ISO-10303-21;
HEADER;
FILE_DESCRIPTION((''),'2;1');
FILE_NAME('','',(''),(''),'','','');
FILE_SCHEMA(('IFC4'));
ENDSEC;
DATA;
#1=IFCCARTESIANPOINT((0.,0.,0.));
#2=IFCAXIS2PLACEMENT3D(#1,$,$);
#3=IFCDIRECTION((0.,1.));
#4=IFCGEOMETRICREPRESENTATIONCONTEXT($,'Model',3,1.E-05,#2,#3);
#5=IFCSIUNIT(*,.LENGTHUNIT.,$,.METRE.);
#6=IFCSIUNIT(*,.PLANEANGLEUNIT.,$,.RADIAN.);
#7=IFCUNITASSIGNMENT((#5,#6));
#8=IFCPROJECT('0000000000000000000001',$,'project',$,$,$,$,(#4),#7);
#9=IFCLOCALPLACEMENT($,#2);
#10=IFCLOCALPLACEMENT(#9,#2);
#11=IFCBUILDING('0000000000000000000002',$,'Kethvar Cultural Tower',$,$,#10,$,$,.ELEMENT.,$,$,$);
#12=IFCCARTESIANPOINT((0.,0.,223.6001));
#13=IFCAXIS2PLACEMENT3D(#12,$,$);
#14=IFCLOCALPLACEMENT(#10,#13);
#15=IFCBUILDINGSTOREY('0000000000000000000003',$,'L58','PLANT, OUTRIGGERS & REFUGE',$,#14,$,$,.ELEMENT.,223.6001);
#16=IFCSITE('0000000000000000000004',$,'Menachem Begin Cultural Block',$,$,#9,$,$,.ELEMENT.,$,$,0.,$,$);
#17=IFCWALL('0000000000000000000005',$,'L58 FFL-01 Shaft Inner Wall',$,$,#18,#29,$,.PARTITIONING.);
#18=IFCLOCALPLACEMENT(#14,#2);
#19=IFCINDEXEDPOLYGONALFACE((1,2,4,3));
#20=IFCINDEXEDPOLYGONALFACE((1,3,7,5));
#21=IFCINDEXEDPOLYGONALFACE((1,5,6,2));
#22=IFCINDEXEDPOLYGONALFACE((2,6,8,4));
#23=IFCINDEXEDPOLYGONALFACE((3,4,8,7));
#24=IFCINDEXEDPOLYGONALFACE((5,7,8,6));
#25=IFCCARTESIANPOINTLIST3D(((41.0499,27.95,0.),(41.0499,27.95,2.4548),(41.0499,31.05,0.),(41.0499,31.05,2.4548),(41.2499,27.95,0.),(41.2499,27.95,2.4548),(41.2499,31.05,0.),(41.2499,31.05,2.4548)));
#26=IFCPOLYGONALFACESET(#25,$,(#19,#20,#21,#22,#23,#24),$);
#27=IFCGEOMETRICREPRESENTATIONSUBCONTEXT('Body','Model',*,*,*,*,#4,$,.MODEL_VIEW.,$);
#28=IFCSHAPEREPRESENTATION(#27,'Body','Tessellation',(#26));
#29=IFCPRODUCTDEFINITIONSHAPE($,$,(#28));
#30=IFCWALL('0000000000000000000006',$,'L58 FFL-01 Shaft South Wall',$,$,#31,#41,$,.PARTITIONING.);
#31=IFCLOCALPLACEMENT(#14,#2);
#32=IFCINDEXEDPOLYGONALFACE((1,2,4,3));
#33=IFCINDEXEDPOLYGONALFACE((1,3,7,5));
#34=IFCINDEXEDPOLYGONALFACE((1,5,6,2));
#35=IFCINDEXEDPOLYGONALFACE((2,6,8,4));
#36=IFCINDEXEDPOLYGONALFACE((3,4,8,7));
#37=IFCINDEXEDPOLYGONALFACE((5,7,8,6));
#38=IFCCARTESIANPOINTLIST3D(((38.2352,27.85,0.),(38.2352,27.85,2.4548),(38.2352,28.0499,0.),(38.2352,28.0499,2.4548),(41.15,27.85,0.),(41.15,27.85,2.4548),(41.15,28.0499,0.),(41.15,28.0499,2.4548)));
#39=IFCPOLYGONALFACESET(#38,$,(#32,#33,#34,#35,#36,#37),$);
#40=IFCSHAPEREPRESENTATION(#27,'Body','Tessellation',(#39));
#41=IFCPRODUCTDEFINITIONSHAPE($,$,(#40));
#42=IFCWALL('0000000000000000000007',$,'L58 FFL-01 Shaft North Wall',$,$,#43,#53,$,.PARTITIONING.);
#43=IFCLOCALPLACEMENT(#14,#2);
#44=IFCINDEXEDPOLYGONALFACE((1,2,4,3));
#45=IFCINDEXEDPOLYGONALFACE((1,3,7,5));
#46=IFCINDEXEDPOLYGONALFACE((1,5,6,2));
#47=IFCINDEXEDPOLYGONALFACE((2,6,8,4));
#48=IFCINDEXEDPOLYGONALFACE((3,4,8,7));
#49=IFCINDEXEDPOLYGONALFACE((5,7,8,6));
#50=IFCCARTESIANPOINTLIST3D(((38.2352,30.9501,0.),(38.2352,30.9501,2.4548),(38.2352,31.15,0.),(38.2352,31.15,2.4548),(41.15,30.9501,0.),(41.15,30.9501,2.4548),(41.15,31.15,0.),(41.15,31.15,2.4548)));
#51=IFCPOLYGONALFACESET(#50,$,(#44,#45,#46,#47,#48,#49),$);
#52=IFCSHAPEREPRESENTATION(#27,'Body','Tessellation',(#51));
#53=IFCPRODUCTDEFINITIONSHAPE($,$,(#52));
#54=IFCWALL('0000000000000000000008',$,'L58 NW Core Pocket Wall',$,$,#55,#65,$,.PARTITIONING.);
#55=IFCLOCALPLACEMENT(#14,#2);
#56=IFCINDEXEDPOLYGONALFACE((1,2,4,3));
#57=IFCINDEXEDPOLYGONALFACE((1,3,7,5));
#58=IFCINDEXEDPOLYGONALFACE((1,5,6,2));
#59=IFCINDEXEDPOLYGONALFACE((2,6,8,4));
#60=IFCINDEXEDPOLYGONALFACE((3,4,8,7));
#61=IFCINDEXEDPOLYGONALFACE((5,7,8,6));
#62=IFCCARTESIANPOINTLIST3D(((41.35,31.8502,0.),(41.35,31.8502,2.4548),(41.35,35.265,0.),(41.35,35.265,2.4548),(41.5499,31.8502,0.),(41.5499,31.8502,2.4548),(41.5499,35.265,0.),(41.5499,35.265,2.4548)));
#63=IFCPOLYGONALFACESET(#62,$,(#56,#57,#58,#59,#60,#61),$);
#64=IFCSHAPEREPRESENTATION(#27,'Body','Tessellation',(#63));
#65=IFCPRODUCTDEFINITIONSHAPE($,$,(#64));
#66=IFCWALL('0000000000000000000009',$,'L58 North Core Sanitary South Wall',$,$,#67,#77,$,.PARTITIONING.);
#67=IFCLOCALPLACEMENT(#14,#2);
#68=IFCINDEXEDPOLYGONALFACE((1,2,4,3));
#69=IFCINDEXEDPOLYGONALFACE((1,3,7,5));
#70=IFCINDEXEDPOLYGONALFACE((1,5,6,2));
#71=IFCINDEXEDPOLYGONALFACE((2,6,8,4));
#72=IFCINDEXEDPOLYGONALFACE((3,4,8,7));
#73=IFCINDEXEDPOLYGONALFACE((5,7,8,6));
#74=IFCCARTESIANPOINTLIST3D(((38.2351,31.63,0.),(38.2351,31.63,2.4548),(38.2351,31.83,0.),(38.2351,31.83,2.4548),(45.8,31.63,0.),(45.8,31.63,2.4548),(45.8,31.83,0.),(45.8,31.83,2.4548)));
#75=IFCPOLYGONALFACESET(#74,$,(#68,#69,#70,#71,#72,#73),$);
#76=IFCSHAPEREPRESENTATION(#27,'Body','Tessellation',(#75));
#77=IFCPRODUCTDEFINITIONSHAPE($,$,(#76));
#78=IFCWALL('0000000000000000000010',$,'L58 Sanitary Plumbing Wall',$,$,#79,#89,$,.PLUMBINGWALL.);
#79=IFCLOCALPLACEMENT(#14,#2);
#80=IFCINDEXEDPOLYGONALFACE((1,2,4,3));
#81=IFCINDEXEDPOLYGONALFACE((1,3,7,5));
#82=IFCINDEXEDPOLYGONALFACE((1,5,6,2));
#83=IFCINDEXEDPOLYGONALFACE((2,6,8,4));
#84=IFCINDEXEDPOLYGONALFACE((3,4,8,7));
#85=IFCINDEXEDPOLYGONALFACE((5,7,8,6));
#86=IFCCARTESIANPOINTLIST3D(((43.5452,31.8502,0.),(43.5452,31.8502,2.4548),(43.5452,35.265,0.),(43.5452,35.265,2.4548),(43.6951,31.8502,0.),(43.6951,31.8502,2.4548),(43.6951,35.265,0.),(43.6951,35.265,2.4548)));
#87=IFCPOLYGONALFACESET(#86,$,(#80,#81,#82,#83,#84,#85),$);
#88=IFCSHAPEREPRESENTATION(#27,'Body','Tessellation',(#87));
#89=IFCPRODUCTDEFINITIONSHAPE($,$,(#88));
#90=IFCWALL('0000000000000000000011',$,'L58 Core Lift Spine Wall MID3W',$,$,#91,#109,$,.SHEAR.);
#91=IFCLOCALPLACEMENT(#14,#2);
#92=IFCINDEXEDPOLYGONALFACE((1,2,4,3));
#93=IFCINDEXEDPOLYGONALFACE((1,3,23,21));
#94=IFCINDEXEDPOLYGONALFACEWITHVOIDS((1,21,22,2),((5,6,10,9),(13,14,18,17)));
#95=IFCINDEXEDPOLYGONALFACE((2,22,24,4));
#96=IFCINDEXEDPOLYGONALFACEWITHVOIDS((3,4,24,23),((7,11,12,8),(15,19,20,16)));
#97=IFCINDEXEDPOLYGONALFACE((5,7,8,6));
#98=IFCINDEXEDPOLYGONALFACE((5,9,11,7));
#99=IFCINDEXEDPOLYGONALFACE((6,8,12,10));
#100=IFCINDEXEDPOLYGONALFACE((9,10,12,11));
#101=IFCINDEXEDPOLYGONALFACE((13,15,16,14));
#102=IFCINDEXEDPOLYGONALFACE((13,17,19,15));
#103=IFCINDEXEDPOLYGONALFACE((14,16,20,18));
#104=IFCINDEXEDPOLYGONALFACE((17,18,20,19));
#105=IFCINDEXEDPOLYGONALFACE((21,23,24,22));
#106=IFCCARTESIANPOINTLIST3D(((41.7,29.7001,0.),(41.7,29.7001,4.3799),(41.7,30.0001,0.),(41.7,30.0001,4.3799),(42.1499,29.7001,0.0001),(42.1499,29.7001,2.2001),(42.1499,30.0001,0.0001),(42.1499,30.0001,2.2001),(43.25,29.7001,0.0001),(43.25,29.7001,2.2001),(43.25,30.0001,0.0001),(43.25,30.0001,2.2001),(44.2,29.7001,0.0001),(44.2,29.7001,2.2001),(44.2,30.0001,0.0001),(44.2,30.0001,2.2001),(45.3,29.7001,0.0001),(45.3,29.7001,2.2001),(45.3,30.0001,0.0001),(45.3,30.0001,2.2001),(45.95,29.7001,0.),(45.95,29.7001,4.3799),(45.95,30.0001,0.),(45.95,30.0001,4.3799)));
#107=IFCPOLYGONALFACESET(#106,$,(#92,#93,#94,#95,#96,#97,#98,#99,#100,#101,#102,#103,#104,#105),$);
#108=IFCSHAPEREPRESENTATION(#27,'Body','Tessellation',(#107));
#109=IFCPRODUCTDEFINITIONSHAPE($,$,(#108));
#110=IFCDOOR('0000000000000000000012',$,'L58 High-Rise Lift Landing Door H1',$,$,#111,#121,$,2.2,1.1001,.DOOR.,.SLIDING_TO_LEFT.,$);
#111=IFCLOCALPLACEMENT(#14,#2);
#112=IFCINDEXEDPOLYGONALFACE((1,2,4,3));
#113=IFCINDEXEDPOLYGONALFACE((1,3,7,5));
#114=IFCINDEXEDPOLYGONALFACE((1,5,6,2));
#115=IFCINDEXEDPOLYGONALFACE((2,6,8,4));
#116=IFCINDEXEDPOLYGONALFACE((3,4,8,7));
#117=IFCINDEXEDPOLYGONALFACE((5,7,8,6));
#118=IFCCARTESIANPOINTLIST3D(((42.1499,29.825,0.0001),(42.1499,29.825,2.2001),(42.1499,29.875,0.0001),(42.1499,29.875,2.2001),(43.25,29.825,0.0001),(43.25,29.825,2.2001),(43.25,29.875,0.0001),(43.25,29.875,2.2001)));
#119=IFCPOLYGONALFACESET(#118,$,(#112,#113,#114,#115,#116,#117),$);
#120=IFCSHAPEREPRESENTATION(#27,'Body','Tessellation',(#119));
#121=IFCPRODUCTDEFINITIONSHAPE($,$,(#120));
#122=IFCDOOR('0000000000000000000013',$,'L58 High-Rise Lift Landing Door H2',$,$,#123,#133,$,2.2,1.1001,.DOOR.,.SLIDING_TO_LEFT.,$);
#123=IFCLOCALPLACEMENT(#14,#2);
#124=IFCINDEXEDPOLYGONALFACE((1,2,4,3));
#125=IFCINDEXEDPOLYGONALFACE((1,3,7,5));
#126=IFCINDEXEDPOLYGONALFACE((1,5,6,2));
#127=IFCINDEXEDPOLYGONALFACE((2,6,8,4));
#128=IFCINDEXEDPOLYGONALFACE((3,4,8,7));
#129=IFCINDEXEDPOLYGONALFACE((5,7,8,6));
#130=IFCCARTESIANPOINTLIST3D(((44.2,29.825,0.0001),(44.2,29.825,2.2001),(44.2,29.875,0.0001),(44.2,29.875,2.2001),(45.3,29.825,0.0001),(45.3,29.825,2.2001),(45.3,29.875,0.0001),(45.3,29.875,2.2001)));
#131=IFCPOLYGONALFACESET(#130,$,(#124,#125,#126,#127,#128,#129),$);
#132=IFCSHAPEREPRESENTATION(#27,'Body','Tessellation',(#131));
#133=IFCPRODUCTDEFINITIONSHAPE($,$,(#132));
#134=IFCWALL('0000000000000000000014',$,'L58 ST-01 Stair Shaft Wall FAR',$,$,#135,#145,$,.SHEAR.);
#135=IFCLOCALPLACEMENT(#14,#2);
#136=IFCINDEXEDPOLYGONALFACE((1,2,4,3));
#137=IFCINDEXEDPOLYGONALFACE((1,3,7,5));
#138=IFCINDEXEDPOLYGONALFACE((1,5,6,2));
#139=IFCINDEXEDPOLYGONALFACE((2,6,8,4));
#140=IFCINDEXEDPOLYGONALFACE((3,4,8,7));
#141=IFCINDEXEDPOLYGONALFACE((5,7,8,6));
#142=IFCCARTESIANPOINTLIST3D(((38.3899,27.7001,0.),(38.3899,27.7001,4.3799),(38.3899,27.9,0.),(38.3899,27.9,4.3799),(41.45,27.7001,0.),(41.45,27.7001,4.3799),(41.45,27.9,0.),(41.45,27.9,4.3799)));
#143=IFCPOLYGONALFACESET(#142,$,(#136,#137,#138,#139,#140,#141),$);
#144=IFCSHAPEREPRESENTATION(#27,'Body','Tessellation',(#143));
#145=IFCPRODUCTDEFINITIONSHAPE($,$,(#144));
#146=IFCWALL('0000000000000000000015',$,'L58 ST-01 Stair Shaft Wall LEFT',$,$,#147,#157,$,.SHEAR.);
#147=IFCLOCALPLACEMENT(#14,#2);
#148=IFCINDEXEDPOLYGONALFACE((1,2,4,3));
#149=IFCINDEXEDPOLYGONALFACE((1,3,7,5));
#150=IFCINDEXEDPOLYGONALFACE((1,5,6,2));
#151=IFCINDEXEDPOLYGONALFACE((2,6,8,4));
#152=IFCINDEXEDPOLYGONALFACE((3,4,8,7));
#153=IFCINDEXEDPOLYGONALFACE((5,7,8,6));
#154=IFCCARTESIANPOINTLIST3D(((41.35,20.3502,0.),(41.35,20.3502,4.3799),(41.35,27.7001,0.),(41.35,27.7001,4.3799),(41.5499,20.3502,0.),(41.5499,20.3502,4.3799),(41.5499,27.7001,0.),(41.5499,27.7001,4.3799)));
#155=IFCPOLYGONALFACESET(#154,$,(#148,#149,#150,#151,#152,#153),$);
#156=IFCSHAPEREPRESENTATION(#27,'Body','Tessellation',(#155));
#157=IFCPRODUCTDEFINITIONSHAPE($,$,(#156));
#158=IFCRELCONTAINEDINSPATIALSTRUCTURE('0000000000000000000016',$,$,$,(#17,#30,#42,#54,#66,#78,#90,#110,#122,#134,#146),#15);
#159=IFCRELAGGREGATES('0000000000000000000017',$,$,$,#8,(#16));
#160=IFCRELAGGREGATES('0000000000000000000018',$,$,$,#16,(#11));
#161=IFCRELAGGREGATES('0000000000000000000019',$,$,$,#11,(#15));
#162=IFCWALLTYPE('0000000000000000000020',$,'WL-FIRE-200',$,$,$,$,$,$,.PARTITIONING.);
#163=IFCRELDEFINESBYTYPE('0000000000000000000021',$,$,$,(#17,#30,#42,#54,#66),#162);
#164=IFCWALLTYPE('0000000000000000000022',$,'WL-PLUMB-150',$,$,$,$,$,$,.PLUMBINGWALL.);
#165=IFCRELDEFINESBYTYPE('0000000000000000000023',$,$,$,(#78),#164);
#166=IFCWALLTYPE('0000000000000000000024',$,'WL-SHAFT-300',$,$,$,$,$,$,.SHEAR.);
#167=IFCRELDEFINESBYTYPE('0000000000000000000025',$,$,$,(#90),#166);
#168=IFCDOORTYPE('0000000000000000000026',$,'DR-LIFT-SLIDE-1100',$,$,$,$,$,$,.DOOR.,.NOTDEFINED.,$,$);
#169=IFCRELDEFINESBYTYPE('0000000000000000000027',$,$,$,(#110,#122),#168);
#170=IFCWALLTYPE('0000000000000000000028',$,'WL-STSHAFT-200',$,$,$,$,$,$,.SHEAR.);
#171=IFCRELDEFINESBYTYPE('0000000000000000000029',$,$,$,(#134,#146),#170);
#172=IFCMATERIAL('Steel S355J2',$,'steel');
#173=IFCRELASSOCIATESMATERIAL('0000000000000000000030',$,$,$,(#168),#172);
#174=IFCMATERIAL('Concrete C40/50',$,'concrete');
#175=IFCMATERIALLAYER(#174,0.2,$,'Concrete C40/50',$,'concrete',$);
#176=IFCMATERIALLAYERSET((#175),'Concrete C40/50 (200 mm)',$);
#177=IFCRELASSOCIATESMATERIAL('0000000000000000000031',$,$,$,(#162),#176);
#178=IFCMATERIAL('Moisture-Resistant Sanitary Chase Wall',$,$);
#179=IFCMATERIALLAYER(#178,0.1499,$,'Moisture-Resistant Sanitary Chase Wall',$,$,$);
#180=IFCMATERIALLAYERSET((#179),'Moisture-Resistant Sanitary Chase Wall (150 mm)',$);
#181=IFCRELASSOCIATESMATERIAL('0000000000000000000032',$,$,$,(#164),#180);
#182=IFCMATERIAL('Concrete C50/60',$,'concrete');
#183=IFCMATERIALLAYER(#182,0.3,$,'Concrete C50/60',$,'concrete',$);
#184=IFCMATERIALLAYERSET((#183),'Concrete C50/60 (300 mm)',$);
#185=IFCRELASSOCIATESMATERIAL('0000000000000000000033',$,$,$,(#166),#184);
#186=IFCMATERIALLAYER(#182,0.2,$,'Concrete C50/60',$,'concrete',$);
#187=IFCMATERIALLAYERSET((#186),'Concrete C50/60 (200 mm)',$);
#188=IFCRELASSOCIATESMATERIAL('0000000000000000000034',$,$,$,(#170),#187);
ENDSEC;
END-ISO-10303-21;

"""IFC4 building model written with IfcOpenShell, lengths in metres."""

from ifc_helpers import new_model, si_unit, direction, frame, frame_2d, origin, place, context, subcontext, project, spatial, rectangle, extrude, source, transform, mapped, material, layer, layer_set, type_object, element, fill, save


model = new_model("IFC4")

# Units and contexts
model_context = context("Model", 3, precision=1e-05, world=origin(), true_north=direction((0.0, 1.0)))
body_context = subcontext(model_context, "Body", "Model", "MODEL_VIEW")
ifc_project = project(units=[si_unit("LENGTHUNIT", "METRE"), si_unit("PLANEANGLEUNIT", "RADIAN")], contexts=[model_context])

# Site, building, storey
site_placement = place(None, origin())
site = spatial("IfcSite", under=ifc_project, at=site_placement, Name="Menachem Begin Cultural Block", CompositionType="ELEMENT", RefElevation=0.0)
building_placement = place(site_placement, origin())
building = spatial("IfcBuilding", under=site, at=building_placement, Name="Kethvar Cultural Tower", CompositionType="ELEMENT")
storey_placement = place(building_placement, frame((0.0, 0.0, 223.6001)))
storey = spatial("IfcBuildingStorey", under=building, at=storey_placement, Name="L58", Description="PLANT, OUTRIGGERS & REFUGE", CompositionType="ELEMENT", Elevation=223.6001)

# Shared definitions
ifc_material_1 = material(Name="Steel S355J2", Category="steel")

# Shared definitions
ifc_material_2 = material(Name="Concrete C50/60", Category="concrete")
door_type = type_object("IfcDoorType", Name="DR-LIFT-SLIDE-1100", OperationType="NOTDEFINED", PredefinedType="DOOR", material=ifc_material_1)
shared_shape_1 = source(origin(), body_context, "Body", "SweptSolid", [
    extrude(rectangle(XDim=1.1001, YDim=2.2, at=frame_2d((0.55, 1.1001))), frame((0.0, 0.0249, 0.0), z_axis=(0.0, -1.0, 0.0), x_axis=(1.0, 0.0, 0.0)), (0.0, 0.0, 1.0), 0.05),
])

# Walls
ifc_material_3 = material(Name="Concrete C40/50", Category="concrete")
ifc_layer_1 = layer(ifc_material_3, 0.2, Name="Concrete C40/50", Category="concrete")
ifc_layer_set_1 = layer_set([ifc_layer_1], Name="Concrete C40/50 (200 mm)")
wall_type_1 = type_object("IfcWallType", Name="WL-FIRE-200", PredefinedType="PARTITIONING", material=ifc_layer_set_1)
wall_1_placement = place(storey_placement, frame((41.1499, 27.95, 0.0), z_axis=(0.0, 0.0, 1.0), x_axis=(0.0, 1.0, 0.0)))
element("IfcWall", 1, at=wall_1_placement, inside=storey, type_object=wall_type_1, Name="L58 FFL-01 Shaft Inner Wall", PredefinedType="PARTITIONING", context=body_context, shape_type="SweptSolid", body=[
    extrude(rectangle(XDim=3.1001, YDim=0.2, at=frame_2d((1.55, 0.0))), origin(), (0.0, 0.0, 1.0), 2.4548),
])
for number, where, z_axis, x_axis, name in (
    (2, (38.2351, 27.95, 0.0), (0.0, 0.0, 1.0), (1.0, 0.0, 0.0), "L58 FFL-01 Shaft South Wall"),
    (3, (38.2351, 31.05, 0.0), (0.0, 0.0, 1.0), (1.0, 0.0, 0.0), "L58 FFL-01 Shaft North Wall"),
):
    element("IfcWall", number, at=place(storey_placement, frame(where, z_axis=z_axis, x_axis=x_axis)), inside=storey, type_object=wall_type_1, Name=name, PredefinedType="PARTITIONING", context=body_context, shape_type="SweptSolid", body=[
        extrude(rectangle(XDim=2.9148, YDim=0.2, at=frame_2d((1.4575, 0.0))), origin(), (0.0, 0.0, 1.0), 2.4548),
    ])
wall_2_placement = place(storey_placement, frame((41.45, 31.8501, 0.0), z_axis=(0.0, 0.0, 1.0), x_axis=(0.0, 1.0, 0.0)))
element("IfcWall", 4, at=wall_2_placement, inside=storey, type_object=wall_type_1, Name="L58 NW Core Pocket Wall", PredefinedType="PARTITIONING", context=body_context, shape_type="SweptSolid", body=[
    extrude(rectangle(XDim=3.4148, YDim=0.2, at=frame_2d((1.7075, 0.0))), origin(), (0.0, 0.0, 1.0), 2.4548),
])
wall_3_placement = place(storey_placement, frame((38.2351, 31.73, 0.0), z_axis=(0.0, 0.0, 1.0), x_axis=(1.0, 0.0, 0.0)))
element("IfcWall", 5, at=wall_3_placement, inside=storey, type_object=wall_type_1, Name="L58 North Core Sanitary South Wall", PredefinedType="PARTITIONING", context=body_context, shape_type="SweptSolid", body=[
    extrude(rectangle(XDim=7.5649, YDim=0.2, at=frame_2d((3.7825, 0.0))), origin(), (0.0, 0.0, 1.0), 2.4548),
])
ifc_material_4 = material(Name="Moisture-Resistant Sanitary Chase Wall")
ifc_layer_2 = layer(ifc_material_4, 0.1499, Name="Moisture-Resistant Sanitary Chase Wall")
ifc_layer_set_2 = layer_set([ifc_layer_2], Name="Moisture-Resistant Sanitary Chase Wall (150 mm)")
wall_type_2 = type_object("IfcWallType", Name="WL-PLUMB-150", PredefinedType="PLUMBINGWALL", material=ifc_layer_set_2)
wall_4_placement = place(storey_placement, frame((43.6201, 31.8501, 0.0), z_axis=(0.0, 0.0, 1.0), x_axis=(0.0, 1.0, 0.0)))
element("IfcWall", 6, at=wall_4_placement, inside=storey, type_object=wall_type_2, Name="L58 Sanitary Plumbing Wall", PredefinedType="PLUMBINGWALL", context=body_context, shape_type="SweptSolid", body=[
    extrude(rectangle(XDim=3.4148, YDim=0.1499, at=frame_2d((1.7075, 0.0))), origin(), (0.0, 0.0, 1.0), 2.4548),
])

# Wall, openings, doors
ifc_layer_3 = layer(ifc_material_2, 0.3, Name="Concrete C50/60", Category="concrete")
ifc_layer_set_3 = layer_set([ifc_layer_3], Name="Concrete C50/60 (300 mm)")
wall_type_3 = type_object("IfcWallType", Name="WL-SHAFT-300", PredefinedType="SHEAR", material=ifc_layer_set_3)
wall_5_placement = place(storey_placement, frame((41.7, 29.8501, 0.0), z_axis=(0.0, 0.0, 1.0), x_axis=(1.0, 0.0, 0.0)))
wall_5 = element("IfcWall", 7, at=wall_5_placement, inside=storey, type_object=wall_type_3, Name="L58 Core Lift Spine Wall MID3W", PredefinedType="SHEAR", context=body_context, shape_type="SweptSolid", body=[
    extrude(rectangle(XDim=4.25, YDim=0.3, at=frame_2d((2.125, 0.0))), origin(), (0.0, 0.0, 1.0), 4.3799),
])
opening_1_placement = place(wall_5_placement, frame((0.45, 0.0, 0.0)))
opening_1 = element("IfcOpeningElement", 8, at=opening_1_placement, cuts=wall_5, PredefinedType="OPENING", context=body_context, shape_type="SweptSolid", body=[
    extrude(rectangle(XDim=1.1001, YDim=2.2, at=frame_2d((0.55, 1.1001))), frame((0.0, 0.1599, 0.0), z_axis=(0.0, -1.0, 0.0), x_axis=(1.0, 0.0, 0.0)), (0.0, 0.0, 1.0), 0.3201),
])
opening_2_placement = place(wall_5_placement, frame((2.5, 0.0, 0.0)))
opening_2 = element("IfcOpeningElement", 9, at=opening_2_placement, cuts=wall_5, PredefinedType="OPENING", context=body_context, shape_type="SweptSolid", body=[
    extrude(rectangle(XDim=1.1001, YDim=2.2, at=frame_2d((0.55, 1.1001))), frame((0.0, 0.1599, 0.0), z_axis=(0.0, -1.0, 0.0), x_axis=(1.0, 0.0, 0.0)), (0.0, 0.0, 1.0), 0.3201),
])
door_1_placement = place(opening_1_placement, origin())
door_1 = element("IfcDoor", 10, at=door_1_placement, inside=storey, type_object=door_type, Name="L58 High-Rise Lift Landing Door H1", OperationType="SLIDING_TO_LEFT", OverallHeight=2.2, OverallWidth=1.1001, PredefinedType="DOOR", context=body_context, shape_type="MappedRepresentation", body=[
    mapped(shared_shape_1, transform((0.0, 0.0, 0.0), scale=1.0)),
])
fill(opening_1, door_1)
door_2_placement = place(opening_2_placement, origin())
door_2 = element("IfcDoor", 11, at=door_2_placement, inside=storey, type_object=door_type, Name="L58 High-Rise Lift Landing Door H2", OperationType="SLIDING_TO_LEFT", OverallHeight=2.2, OverallWidth=1.1001, PredefinedType="DOOR", context=body_context, shape_type="MappedRepresentation", body=[
    mapped(shared_shape_1, transform((0.0, 0.0, 0.0), scale=1.0)),
])
fill(opening_2, door_2)

# Walls
ifc_layer_4 = layer(ifc_material_2, 0.2, Name="Concrete C50/60", Category="concrete")
ifc_layer_set_4 = layer_set([ifc_layer_4], Name="Concrete C50/60 (200 mm)")
wall_type_4 = type_object("IfcWallType", Name="WL-STSHAFT-200", PredefinedType="SHEAR", material=ifc_layer_set_4)
wall_6_placement = place(storey_placement, frame((38.3899, 27.8, 0.0), z_axis=(0.0, 0.0, 1.0), x_axis=(1.0, 0.0, 0.0)))
element("IfcWall", 12, at=wall_6_placement, inside=storey, type_object=wall_type_4, Name="L58 ST-01 Stair Shaft Wall FAR", PredefinedType="SHEAR", context=body_context, shape_type="SweptSolid", body=[
    extrude(rectangle(XDim=3.0601, YDim=0.2, at=frame_2d((1.53, 0.0))), origin(), (0.0, 0.0, 1.0), 4.3799),
])
wall_7_placement = place(storey_placement, frame((41.45, 27.7, 0.0), z_axis=(0.0, 0.0, 1.0), x_axis=(0.0, -1.0, 0.0)))
element("IfcWall", 13, at=wall_7_placement, inside=storey, type_object=wall_type_4, Name="L58 ST-01 Stair Shaft Wall LEFT", PredefinedType="SHEAR", context=body_context, shape_type="SweptSolid", body=[
    extrude(rectangle(XDim=7.3499, YDim=0.2, at=frame_2d((3.6748, 0.0))), origin(), (0.0, 0.0, 1.0), 4.3799),
])

save(model, "model.ifc")
